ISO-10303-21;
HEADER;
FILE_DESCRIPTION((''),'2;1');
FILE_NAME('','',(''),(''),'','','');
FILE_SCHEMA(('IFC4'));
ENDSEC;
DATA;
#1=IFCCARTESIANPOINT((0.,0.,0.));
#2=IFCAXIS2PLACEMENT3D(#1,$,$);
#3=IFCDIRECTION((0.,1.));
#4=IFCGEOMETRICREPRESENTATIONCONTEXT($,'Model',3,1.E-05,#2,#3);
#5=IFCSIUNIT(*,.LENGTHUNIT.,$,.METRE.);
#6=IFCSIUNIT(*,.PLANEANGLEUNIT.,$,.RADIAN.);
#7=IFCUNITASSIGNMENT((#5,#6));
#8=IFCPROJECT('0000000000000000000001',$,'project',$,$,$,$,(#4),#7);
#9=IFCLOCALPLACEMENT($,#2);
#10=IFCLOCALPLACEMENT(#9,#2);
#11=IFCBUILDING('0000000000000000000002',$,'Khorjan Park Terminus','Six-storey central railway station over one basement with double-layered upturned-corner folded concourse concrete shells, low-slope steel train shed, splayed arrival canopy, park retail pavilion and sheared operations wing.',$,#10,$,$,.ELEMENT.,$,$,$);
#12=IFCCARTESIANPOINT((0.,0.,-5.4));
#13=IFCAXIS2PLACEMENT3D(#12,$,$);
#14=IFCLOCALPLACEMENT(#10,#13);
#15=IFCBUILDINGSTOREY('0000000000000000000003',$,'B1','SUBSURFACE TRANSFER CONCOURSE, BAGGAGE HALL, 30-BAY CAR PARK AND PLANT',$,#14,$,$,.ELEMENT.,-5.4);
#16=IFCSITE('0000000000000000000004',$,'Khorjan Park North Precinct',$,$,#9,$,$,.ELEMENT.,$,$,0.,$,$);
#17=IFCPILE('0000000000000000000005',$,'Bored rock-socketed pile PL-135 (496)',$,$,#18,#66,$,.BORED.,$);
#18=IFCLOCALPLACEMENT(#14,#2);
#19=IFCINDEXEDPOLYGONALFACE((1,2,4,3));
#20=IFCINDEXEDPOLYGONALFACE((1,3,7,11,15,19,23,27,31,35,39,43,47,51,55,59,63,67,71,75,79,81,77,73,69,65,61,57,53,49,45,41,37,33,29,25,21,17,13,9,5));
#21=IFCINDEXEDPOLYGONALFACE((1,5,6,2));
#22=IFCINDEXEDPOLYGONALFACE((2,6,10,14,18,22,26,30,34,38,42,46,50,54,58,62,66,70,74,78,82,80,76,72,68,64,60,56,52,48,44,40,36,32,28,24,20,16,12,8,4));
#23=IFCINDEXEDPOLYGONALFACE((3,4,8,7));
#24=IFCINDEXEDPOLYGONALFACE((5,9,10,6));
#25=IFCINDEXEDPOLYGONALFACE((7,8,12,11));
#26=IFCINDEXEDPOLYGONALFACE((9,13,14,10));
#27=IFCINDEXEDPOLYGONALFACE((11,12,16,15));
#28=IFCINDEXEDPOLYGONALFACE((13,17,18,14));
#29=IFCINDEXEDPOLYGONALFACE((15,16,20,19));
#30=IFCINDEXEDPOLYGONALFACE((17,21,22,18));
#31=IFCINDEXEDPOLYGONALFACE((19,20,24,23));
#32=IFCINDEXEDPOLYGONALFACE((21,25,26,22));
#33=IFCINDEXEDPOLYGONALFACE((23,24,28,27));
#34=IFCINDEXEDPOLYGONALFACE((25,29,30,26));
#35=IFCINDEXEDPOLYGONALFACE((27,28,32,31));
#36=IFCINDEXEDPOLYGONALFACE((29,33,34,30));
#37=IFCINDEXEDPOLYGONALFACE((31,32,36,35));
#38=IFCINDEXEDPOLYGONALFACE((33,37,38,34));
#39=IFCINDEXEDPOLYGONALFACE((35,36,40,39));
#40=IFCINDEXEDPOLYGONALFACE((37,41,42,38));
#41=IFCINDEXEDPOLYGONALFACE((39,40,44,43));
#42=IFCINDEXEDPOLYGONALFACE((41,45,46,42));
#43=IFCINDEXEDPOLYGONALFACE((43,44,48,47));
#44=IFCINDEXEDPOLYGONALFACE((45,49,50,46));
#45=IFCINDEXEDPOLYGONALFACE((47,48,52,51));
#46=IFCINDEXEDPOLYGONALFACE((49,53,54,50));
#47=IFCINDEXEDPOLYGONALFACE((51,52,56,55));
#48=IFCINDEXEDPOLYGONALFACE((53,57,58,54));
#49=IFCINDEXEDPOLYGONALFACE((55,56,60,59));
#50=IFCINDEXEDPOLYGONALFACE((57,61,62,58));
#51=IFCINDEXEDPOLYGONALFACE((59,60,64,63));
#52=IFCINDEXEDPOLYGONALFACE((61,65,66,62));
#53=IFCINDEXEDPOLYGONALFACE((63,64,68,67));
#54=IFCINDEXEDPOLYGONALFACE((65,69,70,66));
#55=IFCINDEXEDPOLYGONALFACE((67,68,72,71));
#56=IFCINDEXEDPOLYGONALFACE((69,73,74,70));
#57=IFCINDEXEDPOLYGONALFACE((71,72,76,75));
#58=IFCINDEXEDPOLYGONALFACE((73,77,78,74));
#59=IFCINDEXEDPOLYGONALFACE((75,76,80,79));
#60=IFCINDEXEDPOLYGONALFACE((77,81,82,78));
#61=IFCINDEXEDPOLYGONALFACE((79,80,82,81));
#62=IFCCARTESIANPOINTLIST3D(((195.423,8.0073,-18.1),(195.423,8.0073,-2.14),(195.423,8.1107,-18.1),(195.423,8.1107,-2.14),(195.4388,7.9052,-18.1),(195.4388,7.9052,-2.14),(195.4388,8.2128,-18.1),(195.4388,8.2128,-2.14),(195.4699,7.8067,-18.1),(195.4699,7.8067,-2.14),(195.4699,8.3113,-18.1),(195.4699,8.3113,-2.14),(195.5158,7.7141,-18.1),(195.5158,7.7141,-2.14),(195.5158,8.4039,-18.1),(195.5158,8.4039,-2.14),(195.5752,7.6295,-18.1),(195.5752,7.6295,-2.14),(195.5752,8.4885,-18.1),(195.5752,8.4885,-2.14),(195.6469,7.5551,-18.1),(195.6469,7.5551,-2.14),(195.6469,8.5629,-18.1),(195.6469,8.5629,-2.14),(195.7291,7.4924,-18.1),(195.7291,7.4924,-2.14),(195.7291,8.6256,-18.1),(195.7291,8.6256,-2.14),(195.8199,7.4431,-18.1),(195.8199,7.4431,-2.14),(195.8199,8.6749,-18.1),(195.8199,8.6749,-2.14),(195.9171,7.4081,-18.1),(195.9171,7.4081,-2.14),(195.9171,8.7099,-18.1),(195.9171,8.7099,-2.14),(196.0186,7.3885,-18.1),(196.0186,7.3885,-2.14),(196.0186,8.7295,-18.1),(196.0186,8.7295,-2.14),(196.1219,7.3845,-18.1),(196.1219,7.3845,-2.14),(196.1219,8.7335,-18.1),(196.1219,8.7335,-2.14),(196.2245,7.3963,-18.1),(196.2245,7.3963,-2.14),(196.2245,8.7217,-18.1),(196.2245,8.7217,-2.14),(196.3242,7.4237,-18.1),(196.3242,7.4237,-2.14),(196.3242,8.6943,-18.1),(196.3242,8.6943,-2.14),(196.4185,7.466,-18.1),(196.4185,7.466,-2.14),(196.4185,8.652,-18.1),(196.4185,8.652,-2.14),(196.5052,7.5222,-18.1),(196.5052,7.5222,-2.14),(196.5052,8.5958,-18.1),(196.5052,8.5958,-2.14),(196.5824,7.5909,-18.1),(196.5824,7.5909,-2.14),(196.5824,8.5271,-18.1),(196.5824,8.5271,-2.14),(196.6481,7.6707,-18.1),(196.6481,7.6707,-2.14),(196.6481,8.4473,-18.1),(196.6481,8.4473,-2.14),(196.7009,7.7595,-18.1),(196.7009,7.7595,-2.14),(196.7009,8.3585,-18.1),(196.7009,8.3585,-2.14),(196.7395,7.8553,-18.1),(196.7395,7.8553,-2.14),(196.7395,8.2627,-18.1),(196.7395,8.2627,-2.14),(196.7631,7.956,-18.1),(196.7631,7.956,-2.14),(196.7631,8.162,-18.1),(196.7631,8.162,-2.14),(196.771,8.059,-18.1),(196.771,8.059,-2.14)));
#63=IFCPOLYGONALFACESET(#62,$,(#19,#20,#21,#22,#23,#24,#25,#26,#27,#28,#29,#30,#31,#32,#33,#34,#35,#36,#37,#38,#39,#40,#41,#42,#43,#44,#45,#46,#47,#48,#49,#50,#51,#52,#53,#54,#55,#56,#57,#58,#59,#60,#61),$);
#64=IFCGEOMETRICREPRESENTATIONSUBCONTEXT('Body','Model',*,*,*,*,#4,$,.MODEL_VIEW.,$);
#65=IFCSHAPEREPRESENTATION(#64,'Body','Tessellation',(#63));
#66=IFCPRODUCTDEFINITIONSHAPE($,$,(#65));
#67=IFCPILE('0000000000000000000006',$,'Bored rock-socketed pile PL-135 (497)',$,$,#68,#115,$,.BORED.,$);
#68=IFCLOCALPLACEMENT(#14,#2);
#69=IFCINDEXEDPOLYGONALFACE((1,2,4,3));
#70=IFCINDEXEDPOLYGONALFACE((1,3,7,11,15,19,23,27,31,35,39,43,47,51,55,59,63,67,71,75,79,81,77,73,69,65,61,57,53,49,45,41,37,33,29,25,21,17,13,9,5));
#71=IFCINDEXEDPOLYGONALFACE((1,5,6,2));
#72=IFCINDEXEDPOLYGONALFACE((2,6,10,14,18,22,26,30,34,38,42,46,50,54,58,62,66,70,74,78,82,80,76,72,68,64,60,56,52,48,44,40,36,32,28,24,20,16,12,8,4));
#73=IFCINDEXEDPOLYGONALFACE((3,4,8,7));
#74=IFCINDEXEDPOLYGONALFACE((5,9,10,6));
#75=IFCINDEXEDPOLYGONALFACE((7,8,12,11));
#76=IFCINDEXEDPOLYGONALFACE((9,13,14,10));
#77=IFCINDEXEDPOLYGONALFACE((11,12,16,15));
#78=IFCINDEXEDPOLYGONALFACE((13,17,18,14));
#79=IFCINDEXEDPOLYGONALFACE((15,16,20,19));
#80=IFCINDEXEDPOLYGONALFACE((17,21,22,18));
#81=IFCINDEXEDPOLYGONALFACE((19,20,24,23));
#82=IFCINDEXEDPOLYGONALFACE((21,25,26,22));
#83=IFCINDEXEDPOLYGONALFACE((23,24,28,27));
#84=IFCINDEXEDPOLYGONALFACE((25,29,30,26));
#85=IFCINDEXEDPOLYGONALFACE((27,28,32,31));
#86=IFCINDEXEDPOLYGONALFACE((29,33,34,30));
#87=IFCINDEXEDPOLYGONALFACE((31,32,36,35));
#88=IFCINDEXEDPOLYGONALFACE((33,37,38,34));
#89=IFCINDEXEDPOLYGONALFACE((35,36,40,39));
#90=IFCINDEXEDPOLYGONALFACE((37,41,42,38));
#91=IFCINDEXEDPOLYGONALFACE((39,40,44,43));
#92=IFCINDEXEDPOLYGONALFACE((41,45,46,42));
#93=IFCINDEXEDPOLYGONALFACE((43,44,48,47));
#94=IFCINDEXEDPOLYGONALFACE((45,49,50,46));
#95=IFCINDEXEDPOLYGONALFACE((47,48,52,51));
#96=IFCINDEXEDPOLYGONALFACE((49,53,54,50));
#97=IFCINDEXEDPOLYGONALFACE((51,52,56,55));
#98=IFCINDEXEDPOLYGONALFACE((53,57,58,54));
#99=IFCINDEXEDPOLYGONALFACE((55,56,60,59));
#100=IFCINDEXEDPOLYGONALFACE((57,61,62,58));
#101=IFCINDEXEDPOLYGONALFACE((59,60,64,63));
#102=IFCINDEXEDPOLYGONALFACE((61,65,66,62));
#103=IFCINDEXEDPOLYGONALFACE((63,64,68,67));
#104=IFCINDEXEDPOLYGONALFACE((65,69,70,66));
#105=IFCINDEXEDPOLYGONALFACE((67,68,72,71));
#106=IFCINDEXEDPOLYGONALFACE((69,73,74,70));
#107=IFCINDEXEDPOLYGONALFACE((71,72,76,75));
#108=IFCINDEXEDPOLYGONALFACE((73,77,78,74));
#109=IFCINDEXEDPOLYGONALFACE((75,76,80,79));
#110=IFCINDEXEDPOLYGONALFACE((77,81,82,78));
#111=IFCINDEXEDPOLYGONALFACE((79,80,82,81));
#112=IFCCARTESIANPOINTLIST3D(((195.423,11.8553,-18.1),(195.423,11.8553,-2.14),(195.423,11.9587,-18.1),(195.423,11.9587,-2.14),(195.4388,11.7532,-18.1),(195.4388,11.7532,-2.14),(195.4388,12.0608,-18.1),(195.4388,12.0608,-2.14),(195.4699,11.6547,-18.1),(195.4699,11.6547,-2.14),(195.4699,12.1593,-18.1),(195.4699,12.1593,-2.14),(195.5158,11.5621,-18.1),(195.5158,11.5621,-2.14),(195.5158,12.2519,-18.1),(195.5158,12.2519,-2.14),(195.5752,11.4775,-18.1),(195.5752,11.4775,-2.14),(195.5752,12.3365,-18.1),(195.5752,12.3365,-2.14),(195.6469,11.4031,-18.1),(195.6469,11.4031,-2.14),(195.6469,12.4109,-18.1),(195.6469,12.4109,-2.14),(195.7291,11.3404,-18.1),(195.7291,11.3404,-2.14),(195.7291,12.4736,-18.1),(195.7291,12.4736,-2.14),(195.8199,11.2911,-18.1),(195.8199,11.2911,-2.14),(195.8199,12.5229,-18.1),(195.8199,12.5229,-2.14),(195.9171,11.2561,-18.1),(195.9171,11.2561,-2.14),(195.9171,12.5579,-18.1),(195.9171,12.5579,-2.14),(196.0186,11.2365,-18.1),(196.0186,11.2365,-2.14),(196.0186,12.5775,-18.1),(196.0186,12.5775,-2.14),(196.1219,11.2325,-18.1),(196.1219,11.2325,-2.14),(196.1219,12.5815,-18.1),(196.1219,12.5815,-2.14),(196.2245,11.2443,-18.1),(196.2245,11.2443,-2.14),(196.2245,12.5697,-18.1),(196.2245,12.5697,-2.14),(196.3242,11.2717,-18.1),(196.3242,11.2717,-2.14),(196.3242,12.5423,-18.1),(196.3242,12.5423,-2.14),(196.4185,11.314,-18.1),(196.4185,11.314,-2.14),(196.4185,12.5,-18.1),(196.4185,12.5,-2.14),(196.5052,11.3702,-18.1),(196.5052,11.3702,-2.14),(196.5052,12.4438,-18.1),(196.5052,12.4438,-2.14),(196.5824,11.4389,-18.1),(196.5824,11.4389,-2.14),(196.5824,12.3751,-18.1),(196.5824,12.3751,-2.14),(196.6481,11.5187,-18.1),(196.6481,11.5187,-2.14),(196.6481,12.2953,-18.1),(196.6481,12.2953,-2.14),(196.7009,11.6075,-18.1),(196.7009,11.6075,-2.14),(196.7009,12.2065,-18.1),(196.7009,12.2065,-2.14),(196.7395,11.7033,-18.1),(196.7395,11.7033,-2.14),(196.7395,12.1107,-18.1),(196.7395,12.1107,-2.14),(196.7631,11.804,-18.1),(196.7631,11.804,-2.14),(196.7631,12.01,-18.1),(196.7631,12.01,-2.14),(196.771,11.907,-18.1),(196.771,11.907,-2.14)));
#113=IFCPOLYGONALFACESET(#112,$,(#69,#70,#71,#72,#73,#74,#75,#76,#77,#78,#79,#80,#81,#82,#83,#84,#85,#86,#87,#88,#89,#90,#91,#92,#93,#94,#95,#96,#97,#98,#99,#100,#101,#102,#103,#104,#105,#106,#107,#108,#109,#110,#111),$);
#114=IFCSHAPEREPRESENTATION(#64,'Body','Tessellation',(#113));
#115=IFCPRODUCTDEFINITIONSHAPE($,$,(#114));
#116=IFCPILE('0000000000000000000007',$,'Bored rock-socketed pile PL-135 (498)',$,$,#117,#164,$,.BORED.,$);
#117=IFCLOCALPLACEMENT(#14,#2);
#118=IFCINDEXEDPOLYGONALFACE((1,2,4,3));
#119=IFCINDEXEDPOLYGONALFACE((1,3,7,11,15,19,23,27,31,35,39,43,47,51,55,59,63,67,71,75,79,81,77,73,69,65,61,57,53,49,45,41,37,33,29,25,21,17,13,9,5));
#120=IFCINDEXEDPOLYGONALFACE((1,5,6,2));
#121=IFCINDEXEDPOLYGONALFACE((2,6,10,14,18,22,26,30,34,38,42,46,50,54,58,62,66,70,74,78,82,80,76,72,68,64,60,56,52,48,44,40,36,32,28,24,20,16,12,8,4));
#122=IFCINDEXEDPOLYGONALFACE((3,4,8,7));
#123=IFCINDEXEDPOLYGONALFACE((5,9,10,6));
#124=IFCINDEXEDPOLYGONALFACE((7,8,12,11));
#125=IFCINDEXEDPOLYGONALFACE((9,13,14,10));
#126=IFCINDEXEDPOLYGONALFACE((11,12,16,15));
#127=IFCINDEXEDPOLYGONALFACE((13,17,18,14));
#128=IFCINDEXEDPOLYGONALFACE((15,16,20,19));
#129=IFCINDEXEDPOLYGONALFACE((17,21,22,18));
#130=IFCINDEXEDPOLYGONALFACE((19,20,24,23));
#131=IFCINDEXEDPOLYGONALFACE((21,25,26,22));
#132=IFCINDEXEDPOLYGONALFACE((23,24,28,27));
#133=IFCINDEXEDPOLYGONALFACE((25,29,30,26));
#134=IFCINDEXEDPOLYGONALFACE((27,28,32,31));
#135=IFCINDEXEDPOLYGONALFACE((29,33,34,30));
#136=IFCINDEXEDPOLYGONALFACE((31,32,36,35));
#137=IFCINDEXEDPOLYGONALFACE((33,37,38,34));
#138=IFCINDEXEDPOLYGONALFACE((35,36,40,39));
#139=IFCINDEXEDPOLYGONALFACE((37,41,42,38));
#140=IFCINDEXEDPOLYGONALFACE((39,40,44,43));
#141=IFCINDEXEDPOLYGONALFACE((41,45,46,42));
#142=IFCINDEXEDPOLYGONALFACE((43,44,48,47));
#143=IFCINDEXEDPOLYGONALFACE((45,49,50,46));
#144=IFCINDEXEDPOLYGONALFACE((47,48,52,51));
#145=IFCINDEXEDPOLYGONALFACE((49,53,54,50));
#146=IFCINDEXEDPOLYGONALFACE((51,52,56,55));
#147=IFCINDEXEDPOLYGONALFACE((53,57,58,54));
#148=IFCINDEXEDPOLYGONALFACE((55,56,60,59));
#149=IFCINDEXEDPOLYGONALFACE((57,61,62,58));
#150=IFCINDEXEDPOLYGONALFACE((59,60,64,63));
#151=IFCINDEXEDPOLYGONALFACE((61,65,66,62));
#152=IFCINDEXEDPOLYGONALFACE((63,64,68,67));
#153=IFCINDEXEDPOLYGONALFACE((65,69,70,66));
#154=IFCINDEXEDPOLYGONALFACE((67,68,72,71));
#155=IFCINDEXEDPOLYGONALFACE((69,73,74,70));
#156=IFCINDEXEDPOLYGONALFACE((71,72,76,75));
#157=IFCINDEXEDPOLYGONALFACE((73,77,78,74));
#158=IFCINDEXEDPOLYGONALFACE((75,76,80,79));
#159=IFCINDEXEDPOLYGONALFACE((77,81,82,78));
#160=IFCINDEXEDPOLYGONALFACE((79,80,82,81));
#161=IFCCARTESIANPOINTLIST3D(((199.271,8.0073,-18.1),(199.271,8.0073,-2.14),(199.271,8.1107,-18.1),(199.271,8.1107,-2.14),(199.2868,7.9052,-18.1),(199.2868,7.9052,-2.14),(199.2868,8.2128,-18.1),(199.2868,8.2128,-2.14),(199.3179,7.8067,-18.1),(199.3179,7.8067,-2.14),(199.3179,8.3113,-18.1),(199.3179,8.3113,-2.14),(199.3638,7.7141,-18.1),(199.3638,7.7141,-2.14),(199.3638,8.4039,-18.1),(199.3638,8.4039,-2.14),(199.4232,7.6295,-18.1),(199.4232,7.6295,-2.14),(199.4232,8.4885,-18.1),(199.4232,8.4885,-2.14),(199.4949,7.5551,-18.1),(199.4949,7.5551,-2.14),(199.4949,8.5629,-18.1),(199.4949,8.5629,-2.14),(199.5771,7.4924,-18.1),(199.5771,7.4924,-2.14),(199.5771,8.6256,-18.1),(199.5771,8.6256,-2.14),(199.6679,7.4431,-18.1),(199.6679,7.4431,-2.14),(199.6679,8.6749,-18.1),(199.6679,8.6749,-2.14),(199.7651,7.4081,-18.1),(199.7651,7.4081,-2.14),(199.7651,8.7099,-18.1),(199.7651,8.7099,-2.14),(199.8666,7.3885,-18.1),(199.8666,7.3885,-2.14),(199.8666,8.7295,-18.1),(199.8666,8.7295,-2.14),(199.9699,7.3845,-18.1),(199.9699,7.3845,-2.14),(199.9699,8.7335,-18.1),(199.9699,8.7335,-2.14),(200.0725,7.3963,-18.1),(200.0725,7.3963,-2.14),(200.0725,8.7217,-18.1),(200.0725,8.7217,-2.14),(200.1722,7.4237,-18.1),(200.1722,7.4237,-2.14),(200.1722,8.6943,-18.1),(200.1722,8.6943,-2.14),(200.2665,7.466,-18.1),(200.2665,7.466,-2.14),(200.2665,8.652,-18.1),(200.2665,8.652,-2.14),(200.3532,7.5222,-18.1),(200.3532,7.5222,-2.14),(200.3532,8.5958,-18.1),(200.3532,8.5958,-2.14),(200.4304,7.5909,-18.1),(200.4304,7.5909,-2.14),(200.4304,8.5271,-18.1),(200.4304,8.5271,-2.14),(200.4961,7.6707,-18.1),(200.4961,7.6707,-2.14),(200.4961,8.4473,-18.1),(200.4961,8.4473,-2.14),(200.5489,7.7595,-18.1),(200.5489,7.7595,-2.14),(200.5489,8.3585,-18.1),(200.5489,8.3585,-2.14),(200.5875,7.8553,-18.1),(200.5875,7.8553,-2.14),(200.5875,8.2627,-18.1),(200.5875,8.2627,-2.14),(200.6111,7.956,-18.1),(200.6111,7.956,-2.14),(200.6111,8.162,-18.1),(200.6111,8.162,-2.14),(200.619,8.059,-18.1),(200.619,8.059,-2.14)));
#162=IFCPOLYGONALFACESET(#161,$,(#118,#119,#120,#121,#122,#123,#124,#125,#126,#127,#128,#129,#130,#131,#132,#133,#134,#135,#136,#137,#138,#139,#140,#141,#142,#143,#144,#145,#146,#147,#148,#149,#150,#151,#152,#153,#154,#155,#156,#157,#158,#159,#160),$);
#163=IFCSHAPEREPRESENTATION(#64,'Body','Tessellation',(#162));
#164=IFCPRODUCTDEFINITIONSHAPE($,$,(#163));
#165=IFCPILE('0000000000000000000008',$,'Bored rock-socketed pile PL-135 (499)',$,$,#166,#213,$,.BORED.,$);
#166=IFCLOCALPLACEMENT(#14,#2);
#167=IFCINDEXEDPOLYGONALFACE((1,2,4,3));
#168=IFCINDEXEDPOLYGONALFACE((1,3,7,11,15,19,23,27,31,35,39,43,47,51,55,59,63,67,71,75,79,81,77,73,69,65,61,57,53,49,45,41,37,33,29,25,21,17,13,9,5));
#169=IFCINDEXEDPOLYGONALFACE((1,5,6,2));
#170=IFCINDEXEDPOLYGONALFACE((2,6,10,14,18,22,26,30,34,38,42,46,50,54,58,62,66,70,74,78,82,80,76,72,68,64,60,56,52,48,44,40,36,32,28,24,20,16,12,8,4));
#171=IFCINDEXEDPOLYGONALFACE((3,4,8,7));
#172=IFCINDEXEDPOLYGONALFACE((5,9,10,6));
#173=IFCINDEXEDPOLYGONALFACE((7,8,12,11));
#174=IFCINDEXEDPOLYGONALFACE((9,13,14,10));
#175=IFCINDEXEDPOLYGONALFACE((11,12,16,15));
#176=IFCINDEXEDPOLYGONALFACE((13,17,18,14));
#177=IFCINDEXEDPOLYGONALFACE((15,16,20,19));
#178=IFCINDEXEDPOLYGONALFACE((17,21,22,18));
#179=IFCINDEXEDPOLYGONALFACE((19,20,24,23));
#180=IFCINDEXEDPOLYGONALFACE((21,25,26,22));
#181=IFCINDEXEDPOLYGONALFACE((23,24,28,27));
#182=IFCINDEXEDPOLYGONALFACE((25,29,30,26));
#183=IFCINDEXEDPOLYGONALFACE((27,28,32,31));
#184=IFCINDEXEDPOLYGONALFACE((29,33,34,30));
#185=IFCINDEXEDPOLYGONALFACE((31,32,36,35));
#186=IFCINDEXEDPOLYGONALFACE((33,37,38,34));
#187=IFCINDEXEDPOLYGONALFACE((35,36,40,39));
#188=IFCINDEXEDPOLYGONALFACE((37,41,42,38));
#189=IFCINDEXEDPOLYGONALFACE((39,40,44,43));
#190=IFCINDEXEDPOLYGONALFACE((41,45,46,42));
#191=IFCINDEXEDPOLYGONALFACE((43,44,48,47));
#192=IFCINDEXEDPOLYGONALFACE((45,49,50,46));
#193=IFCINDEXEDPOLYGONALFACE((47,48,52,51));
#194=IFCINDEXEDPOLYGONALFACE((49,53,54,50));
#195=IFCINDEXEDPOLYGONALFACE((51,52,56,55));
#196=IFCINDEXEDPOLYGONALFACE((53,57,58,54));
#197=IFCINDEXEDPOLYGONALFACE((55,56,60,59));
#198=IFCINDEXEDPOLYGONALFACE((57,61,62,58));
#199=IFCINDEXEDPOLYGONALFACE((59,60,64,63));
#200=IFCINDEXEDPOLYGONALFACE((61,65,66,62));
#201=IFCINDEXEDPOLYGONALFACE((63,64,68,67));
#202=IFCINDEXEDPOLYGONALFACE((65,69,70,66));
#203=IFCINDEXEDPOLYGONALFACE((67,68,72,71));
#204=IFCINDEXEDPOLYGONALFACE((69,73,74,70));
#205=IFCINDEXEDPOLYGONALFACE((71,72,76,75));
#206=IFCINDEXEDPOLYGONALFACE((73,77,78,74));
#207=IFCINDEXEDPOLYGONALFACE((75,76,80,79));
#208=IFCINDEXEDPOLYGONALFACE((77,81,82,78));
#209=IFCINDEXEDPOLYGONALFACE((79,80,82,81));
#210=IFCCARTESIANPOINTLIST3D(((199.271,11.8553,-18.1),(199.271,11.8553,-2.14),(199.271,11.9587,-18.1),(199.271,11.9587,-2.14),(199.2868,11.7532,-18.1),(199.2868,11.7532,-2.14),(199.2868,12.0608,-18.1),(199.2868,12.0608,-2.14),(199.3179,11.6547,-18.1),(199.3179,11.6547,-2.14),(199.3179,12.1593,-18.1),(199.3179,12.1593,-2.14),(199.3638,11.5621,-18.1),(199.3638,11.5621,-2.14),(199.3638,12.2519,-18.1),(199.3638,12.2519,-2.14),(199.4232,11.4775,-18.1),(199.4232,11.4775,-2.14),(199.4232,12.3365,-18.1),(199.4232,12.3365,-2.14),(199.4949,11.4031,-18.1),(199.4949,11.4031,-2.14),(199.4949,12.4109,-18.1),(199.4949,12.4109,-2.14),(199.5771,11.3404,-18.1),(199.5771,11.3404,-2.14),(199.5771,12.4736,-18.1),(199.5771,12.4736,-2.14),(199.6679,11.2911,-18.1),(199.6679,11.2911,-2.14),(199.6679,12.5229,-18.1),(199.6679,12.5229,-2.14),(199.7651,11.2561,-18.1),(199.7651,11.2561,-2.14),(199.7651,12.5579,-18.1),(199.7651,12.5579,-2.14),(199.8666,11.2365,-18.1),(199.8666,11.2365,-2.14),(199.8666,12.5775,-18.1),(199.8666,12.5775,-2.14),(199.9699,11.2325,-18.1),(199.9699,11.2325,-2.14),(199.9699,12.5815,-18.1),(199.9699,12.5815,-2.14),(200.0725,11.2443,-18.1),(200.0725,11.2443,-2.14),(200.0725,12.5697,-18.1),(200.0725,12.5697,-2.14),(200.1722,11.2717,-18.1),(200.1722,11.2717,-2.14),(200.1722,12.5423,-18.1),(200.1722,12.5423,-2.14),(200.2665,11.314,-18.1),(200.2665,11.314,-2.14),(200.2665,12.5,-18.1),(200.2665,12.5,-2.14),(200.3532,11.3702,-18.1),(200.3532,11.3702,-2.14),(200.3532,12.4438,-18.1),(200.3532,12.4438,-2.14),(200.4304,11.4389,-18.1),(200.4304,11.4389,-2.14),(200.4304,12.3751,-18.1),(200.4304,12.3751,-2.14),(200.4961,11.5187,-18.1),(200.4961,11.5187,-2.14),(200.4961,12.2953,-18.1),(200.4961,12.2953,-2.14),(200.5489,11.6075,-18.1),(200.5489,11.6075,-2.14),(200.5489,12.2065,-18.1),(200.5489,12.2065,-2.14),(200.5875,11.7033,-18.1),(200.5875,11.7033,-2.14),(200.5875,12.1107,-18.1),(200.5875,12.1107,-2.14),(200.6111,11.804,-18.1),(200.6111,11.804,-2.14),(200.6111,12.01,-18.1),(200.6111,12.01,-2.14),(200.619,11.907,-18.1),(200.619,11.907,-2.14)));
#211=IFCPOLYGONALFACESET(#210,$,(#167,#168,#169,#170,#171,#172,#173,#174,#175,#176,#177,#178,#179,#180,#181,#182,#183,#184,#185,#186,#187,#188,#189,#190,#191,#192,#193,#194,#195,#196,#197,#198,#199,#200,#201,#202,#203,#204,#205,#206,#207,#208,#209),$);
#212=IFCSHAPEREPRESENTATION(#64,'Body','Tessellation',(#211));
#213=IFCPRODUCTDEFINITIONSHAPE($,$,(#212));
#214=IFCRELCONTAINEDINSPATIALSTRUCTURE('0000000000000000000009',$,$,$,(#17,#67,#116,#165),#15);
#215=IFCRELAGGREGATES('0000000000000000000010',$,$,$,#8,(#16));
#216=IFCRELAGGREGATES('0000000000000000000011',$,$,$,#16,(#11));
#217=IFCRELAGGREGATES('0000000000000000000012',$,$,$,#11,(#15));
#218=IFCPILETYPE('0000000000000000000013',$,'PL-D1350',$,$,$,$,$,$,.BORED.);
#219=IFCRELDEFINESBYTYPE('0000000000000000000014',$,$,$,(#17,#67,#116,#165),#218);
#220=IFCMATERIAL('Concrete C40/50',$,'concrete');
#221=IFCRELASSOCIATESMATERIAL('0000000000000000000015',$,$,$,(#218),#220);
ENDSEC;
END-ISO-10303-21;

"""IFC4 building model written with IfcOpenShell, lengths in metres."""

from ifc_helpers import new_model, si_unit, direction, frame, origin, origin_2d, place, context, subcontext, project, spatial, circle, extrude, material, material_profile, profile_set, type_object, element, save


model = new_model("IFC4")

# Units and contexts
model_context = context("Model", 3, precision=1e-05, world=origin(), true_north=direction((0.0, 1.0)))
body_context = subcontext(model_context, "Body", "Model", "MODEL_VIEW")
ifc_project = project(units=[si_unit("LENGTHUNIT", "METRE"), si_unit("PLANEANGLEUNIT", "RADIAN")], contexts=[model_context])

# Site, building, storey
site_placement = place(None, origin())
site = spatial("IfcSite", under=ifc_project, at=site_placement, Name="Khorjan Park North Precinct", CompositionType="ELEMENT", RefElevation=0.0)
building_placement = place(site_placement, origin())
building = spatial("IfcBuilding", under=site, at=building_placement, Name="Khorjan Park Terminus", Description="Six-storey central railway station over one basement with double-layered upturned-corner folded concourse concrete shells, low-slope steel train shed, splayed arrival canopy, park retail pavilion and sheared operations wing.", CompositionType="ELEMENT")
storey_placement = place(building_placement, frame((0.0, 0.0, -5.4)))
storey = spatial("IfcBuildingStorey", under=building, at=storey_placement, Name="B1", Description="SUBSURFACE TRANSFER CONCOURSE, BAGGAGE HALL, 30-BAY CAR PARK AND PLANT", CompositionType="ELEMENT", Elevation=-5.4)

# Piles
ifc_material_1 = material(Name="Concrete C40/50", Category="concrete")
ifc_material_profile_1 = material_profile(ifc_material_1, circle(Radius=0.675, at=origin_2d()), Name="BORED D1350")
ifc_profile_set_1 = profile_set([ifc_material_profile_1], Name="Concrete C40/50")
pile_type = type_object("IfcPileType", Name="PL-D1350", PredefinedType="BORED", material=ifc_profile_set_1)
for number, where, z_axis, x_axis, name in (
    (1, (196.096, 8.059, -2.14), (0.0, 0.0, -1.0), (1.0, 0.0, 0.0), "Bored rock-socketed pile PL-135 (496)"),
    (2, (196.096, 11.907, -2.14), (0.0, 0.0, -1.0), (1.0, 0.0, 0.0), "Bored rock-socketed pile PL-135 (497)"),
    (3, (199.944, 8.059, -2.14), (0.0, 0.0, -1.0), (1.0, 0.0, 0.0), "Bored rock-socketed pile PL-135 (498)"),
    (4, (199.944, 11.907, -2.14), (0.0, 0.0, -1.0), (1.0, 0.0, 0.0), "Bored rock-socketed pile PL-135 (499)"),
):
    element("IfcPile", number, at=place(storey_placement, frame(where, z_axis=z_axis, x_axis=x_axis)), inside=storey, type_object=pile_type, Name=name, PredefinedType="BORED", context=body_context, shape_type="SweptSolid", body=[
        extrude(circle(Radius=0.675, at=origin_2d()), origin(), (0.0, 0.0, 1.0), 15.96),
    ])

save(model, "model.ifc")
